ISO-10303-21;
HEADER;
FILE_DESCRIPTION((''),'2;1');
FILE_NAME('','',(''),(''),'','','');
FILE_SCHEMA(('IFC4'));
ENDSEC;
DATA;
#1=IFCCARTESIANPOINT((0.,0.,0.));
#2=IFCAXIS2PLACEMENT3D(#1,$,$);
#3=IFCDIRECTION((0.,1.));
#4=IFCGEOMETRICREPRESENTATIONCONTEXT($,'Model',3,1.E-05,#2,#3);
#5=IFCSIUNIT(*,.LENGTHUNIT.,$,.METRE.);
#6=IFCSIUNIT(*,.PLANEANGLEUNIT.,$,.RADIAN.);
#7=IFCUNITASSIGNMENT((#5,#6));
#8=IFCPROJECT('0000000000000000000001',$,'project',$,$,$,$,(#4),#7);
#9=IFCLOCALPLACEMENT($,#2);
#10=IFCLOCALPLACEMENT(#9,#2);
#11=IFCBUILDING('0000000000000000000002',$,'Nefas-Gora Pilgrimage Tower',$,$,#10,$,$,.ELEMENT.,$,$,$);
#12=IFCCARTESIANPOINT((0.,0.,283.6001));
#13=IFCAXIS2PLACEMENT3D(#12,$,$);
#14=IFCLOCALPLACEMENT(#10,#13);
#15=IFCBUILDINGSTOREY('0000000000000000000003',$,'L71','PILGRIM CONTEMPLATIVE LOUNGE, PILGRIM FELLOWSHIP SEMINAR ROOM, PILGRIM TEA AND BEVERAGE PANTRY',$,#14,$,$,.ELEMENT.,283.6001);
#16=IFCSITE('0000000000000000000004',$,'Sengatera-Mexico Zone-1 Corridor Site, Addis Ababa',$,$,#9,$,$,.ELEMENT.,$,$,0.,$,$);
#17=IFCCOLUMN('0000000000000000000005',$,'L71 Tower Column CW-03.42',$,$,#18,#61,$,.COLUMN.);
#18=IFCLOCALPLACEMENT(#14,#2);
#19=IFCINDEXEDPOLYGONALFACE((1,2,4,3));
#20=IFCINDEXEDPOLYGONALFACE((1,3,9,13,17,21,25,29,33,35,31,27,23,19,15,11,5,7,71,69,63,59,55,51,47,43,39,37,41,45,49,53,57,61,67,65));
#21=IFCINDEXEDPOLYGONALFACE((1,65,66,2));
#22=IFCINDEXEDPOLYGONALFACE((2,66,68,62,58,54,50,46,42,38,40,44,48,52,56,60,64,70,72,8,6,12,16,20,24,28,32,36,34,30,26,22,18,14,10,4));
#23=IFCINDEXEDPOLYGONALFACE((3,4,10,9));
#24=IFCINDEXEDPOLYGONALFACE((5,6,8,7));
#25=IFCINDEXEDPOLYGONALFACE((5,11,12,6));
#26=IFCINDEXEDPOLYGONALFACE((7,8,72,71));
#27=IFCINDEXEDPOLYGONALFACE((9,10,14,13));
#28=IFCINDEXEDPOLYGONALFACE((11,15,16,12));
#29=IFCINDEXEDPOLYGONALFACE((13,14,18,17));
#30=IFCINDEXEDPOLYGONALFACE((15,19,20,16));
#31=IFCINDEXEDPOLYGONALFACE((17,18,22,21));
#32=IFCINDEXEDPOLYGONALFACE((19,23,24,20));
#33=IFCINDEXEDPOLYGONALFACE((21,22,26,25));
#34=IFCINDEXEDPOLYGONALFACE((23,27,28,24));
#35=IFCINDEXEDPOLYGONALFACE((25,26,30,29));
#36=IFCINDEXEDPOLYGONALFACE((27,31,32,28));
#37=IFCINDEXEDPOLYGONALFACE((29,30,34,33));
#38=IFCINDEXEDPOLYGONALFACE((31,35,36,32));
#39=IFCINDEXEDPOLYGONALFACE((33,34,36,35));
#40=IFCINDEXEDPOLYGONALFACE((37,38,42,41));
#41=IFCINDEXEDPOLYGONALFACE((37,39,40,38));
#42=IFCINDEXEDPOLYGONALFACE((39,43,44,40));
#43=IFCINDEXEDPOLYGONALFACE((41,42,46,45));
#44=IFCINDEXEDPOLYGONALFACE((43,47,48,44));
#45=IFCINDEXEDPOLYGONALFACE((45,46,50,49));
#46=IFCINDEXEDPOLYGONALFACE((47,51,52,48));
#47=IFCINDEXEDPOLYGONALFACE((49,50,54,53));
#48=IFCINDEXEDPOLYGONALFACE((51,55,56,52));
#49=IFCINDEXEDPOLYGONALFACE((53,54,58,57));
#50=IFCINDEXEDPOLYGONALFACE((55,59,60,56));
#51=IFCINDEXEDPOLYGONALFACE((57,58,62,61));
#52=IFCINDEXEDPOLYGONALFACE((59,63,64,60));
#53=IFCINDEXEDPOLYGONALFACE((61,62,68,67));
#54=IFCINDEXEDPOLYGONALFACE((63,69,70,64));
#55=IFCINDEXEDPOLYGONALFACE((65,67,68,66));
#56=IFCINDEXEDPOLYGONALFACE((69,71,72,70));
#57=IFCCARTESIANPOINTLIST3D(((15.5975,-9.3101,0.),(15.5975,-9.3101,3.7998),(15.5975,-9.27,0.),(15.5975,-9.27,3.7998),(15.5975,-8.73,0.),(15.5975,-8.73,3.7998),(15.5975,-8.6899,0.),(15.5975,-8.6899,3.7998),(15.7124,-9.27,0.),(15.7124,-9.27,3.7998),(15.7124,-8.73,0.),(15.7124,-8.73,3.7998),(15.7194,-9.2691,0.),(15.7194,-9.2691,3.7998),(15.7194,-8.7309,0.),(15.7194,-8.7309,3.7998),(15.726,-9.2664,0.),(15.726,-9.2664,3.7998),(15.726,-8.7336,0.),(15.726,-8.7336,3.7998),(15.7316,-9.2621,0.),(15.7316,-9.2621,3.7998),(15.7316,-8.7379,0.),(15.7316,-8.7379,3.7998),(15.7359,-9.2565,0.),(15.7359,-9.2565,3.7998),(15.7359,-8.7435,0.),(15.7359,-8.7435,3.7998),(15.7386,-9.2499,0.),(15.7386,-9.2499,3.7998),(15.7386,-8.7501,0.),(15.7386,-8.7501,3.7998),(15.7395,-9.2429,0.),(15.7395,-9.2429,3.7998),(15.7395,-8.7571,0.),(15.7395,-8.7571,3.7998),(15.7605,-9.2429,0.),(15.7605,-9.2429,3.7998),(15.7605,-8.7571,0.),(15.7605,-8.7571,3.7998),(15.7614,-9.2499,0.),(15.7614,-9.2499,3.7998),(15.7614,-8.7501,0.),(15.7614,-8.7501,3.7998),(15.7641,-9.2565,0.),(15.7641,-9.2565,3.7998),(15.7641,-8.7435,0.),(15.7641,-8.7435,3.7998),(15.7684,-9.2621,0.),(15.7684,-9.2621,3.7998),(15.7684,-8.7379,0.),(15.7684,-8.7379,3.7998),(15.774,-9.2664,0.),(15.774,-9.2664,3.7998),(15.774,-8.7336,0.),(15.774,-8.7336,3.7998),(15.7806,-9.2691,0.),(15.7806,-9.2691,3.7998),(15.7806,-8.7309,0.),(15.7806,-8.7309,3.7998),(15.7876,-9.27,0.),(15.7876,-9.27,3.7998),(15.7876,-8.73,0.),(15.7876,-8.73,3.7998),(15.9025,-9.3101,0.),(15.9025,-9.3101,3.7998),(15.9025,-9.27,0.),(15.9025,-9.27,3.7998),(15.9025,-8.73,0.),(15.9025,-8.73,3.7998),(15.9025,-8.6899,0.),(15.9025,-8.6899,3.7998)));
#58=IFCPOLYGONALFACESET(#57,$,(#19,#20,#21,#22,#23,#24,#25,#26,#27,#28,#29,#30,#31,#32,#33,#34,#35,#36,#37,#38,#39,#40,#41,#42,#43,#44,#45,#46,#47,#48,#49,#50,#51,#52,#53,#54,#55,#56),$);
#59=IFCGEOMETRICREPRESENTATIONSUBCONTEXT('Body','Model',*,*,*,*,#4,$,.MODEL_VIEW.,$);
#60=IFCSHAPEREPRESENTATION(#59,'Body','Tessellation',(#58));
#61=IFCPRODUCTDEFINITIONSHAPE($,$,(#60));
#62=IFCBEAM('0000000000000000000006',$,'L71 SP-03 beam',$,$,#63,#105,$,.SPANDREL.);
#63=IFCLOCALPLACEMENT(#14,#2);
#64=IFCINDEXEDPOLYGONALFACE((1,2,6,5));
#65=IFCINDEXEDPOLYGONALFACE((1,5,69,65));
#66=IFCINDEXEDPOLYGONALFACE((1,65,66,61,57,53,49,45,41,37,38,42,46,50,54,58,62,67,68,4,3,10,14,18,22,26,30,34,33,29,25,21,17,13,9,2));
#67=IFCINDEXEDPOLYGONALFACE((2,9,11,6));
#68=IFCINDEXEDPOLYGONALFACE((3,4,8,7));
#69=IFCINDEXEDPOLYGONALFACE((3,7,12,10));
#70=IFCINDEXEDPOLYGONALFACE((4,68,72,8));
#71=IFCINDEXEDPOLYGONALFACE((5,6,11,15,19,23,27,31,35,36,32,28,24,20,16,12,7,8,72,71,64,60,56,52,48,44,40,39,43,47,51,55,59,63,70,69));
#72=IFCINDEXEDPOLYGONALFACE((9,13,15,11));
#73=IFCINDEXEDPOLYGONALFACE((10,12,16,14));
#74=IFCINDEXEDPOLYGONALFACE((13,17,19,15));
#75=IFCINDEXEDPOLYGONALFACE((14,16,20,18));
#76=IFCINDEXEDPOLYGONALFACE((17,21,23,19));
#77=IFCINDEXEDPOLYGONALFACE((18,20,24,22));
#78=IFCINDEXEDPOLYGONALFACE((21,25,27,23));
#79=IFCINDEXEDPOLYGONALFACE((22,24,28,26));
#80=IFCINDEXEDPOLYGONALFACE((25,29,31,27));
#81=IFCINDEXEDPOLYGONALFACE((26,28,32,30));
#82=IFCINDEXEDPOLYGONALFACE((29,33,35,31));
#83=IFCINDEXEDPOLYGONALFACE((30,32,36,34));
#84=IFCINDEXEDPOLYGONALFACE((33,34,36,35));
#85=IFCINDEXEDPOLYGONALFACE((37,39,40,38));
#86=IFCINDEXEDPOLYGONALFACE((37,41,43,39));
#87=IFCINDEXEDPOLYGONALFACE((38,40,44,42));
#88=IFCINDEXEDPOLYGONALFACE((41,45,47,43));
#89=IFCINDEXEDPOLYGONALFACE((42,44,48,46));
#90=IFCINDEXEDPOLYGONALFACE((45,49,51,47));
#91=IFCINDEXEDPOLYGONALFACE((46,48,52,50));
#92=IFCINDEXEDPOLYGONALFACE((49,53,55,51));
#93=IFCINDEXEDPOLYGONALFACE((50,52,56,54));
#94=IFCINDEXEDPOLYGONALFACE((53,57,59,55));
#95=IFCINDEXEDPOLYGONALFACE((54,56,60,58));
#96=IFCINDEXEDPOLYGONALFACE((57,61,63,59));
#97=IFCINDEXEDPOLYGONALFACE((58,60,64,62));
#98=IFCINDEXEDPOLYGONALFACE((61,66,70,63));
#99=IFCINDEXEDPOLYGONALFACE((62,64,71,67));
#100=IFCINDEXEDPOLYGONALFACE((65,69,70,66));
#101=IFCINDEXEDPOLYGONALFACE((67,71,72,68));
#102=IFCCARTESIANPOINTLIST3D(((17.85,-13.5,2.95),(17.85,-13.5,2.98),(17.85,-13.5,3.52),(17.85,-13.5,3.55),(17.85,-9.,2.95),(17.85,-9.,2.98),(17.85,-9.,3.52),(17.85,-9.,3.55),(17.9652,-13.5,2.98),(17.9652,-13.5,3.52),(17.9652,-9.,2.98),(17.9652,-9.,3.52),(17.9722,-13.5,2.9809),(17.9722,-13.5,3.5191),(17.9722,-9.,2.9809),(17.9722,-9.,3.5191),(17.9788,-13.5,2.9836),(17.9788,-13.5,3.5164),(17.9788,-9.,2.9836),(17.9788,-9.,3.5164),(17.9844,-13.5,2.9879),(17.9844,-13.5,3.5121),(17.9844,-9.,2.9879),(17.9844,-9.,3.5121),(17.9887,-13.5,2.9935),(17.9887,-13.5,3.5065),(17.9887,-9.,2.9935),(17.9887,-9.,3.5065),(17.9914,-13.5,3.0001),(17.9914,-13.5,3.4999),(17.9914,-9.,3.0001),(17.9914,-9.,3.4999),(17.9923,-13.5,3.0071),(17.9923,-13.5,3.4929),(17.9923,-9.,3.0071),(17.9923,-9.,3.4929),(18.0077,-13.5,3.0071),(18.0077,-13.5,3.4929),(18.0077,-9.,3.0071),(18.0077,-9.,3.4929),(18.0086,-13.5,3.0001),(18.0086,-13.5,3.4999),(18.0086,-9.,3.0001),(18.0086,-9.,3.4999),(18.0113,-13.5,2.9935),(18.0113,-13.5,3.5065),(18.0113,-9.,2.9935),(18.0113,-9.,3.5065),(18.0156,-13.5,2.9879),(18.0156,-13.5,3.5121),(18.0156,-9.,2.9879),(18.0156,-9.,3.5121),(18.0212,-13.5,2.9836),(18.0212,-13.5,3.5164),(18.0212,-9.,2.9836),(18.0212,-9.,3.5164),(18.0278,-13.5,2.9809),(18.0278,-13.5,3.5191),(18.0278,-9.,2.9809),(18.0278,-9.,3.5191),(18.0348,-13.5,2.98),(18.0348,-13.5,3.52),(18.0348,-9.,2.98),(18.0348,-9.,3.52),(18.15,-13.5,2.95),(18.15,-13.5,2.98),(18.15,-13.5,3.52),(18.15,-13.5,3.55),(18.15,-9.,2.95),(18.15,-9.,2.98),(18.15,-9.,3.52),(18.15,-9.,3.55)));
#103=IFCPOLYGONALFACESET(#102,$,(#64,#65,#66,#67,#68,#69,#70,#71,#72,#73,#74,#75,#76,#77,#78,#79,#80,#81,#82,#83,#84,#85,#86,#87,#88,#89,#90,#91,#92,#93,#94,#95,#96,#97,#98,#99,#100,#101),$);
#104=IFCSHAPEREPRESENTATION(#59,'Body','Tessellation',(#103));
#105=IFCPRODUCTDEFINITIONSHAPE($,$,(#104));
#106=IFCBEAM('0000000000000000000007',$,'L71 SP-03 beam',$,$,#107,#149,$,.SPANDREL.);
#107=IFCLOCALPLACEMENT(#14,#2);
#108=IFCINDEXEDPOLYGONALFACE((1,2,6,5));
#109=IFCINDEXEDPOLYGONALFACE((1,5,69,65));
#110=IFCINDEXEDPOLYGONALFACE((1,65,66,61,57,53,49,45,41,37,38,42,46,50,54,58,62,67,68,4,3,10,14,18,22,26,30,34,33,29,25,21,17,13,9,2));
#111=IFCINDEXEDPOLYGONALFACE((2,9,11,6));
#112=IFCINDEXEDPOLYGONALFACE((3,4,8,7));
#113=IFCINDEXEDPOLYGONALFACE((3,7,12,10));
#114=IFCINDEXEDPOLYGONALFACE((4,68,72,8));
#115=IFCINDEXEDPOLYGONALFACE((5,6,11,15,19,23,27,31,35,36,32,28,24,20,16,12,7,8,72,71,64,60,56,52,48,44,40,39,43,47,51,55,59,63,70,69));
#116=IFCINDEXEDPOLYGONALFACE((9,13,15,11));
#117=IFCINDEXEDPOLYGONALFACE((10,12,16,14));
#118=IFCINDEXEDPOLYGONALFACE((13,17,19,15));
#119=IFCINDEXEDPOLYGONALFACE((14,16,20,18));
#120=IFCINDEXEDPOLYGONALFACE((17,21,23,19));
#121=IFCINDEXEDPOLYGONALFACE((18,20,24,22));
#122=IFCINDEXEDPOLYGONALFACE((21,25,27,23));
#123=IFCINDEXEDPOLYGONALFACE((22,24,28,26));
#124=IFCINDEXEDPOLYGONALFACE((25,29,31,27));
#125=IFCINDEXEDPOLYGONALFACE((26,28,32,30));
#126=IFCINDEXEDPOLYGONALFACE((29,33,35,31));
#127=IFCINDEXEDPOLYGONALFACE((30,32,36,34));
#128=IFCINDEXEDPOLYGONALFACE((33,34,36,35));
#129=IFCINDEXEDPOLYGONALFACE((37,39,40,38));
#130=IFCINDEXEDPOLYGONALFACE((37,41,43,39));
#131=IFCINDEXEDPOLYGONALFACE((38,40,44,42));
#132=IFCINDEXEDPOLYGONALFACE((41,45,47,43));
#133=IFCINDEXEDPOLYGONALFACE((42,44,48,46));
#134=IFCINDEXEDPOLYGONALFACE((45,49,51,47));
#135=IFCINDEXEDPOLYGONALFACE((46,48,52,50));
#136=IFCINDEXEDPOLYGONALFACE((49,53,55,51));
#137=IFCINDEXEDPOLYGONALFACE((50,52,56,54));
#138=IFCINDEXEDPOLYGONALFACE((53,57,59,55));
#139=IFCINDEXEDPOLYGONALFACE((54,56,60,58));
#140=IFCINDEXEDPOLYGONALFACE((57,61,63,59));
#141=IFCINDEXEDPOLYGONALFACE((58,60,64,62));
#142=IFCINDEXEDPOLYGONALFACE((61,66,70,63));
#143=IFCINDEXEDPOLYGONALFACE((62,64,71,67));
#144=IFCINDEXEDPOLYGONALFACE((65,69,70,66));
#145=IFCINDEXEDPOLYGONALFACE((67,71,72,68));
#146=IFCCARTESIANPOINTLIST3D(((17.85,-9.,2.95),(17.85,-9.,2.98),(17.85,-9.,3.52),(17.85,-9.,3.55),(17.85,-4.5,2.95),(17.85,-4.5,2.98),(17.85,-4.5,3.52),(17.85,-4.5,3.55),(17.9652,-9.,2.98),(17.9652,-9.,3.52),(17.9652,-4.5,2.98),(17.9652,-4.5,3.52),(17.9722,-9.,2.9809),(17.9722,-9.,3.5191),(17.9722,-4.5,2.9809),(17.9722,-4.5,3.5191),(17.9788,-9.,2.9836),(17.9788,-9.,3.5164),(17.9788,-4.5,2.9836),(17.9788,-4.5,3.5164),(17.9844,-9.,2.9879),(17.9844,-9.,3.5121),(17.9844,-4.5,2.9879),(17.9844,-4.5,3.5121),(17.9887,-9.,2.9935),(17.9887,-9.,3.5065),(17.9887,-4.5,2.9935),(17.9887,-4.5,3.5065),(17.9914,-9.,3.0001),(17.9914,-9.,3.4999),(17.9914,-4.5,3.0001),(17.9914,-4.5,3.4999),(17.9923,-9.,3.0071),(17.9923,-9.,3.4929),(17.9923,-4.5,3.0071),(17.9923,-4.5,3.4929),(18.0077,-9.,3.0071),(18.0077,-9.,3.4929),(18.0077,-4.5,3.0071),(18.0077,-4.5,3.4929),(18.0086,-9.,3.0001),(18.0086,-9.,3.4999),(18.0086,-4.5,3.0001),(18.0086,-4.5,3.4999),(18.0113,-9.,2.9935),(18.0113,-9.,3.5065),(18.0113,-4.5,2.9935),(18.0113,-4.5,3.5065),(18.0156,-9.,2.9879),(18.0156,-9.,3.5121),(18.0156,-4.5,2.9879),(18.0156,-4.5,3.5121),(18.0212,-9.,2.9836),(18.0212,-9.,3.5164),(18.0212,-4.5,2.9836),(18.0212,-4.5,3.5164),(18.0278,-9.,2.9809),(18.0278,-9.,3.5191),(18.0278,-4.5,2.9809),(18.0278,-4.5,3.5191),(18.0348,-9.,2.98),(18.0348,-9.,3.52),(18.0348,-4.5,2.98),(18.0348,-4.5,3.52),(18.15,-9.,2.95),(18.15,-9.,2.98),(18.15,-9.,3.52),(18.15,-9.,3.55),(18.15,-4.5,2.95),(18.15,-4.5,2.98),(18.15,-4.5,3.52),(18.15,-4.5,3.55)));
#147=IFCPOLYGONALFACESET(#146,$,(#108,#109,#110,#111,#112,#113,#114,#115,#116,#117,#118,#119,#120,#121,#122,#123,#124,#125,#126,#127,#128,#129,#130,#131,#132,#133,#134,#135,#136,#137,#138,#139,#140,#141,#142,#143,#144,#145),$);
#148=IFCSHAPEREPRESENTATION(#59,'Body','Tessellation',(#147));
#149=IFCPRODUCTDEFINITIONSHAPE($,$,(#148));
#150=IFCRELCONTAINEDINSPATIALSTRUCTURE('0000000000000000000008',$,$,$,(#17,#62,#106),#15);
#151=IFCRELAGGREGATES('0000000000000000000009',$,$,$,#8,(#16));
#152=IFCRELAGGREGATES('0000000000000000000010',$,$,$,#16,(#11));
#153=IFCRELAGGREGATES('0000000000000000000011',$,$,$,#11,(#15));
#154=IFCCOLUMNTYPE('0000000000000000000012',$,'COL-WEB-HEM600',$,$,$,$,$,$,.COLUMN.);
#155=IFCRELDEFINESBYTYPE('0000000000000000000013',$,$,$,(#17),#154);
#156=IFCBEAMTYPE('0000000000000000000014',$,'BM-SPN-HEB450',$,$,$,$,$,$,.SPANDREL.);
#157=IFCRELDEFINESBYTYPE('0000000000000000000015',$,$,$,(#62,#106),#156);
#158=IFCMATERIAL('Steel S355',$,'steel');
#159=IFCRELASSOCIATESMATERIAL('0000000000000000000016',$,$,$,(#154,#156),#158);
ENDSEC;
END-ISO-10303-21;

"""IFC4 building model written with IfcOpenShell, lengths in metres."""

from ifc_helpers import new_model, si_unit, direction, frame, origin, origin_2d, place, context, subcontext, project, spatial, i_section, extrude, source, transform, mapped, material, material_profile, profile_set, type_object, element, save


model = new_model("IFC4")

# Units and contexts
model_context = context("Model", 3, precision=1e-05, world=origin(), true_north=direction((0.0, 1.0)))
body_context = subcontext(model_context, "Body", "Model", "MODEL_VIEW")
ifc_project = project(units=[si_unit("LENGTHUNIT", "METRE"), si_unit("PLANEANGLEUNIT", "RADIAN")], contexts=[model_context])

# Site, building, storey
site_placement = place(None, origin())
site = spatial("IfcSite", under=ifc_project, at=site_placement, Name="Sengatera-Mexico Zone-1 Corridor Site, Addis Ababa", CompositionType="ELEMENT", RefElevation=0.0)
building_placement = place(site_placement, origin())
building = spatial("IfcBuilding", under=site, at=building_placement, Name="Nefas-Gora Pilgrimage Tower", CompositionType="ELEMENT")
storey_placement = place(building_placement, frame((0.0, 0.0, 283.6001)))
storey = spatial("IfcBuildingStorey", under=building, at=storey_placement, Name="L71", Description="PILGRIM CONTEMPLATIVE LOUNGE, PILGRIM FELLOWSHIP SEMINAR ROOM, PILGRIM TEA AND BEVERAGE PANTRY", CompositionType="ELEMENT", Elevation=283.6001)

# Column
ifc_material_1 = material(Name="Steel S355", Category="steel")
ifc_material_profile_1 = material_profile(ifc_material_1, i_section(OverallWidth=0.3049, OverallDepth=0.6201, WebThickness=0.021, FlangeThickness=0.04, FilletRadius=0.0271, at=origin_2d()), Name="HEM 600")
ifc_profile_set_1 = profile_set([ifc_material_profile_1], Name="Steel S355")
column_type_1 = type_object("IfcColumnType", Name="COL-WEB-HEM600", PredefinedType="COLUMN", material=ifc_profile_set_1)
shared_shape_1 = source(origin(), body_context, "Body", "SweptSolid", [
    extrude(i_section(OverallWidth=0.3049, OverallDepth=0.6201, WebThickness=0.021, FlangeThickness=0.04, FilletRadius=0.0271, at=origin_2d()), origin(), (0.0, 0.0, 1.0), 3.7998),
])
for number, where, z_axis, x_axis, name in (
    (1, (15.75, -9.0, 0.0), (0.0, 0.0, 1.0), (1.0, 0.0, 0.0), "L71 Tower Column CW-03.42"),
):
    element("IfcColumn", number, at=place(storey_placement, frame(where, z_axis=z_axis, x_axis=x_axis)), inside=storey, type_object=column_type_1, Name=name, PredefinedType="COLUMN", context=body_context, shape_type="MappedRepresentation", body=[
        mapped(shared_shape_1, transform((0.0, 0.0, 0.0), x_axis=(1.0, 0.0, 0.0), y_axis=(0.0, 1.0, 0.0), z_axis=(0.0, 0.0, 1.0), scale=1.0)),
    ])

# Beams
ifc_material_profile_2 = material_profile(ifc_material_1, i_section(OverallWidth=0.3, OverallDepth=0.6001, WebThickness=0.0154, FlangeThickness=0.03, FilletRadius=0.0271, at=origin_2d()), Name="HEB 600")
ifc_profile_set_2 = profile_set([ifc_material_profile_2], Name="Steel S355")
beam_type_1 = type_object("IfcBeamType", Name="BM-SPN-HEB450", PredefinedType="SPANDREL", material=ifc_profile_set_2)
shared_shape_2 = source(origin(), body_context, "Body", "SweptSolid", [
    extrude(i_section(OverallWidth=0.3, OverallDepth=0.6001, WebThickness=0.0154, FlangeThickness=0.03, FilletRadius=0.0271, at=origin_2d()), origin(), (0.0, 0.0, 1.0), 4.5),
])
for number, where, z_axis, x_axis, name in (
    (2, (18.0, -13.5, 3.25), (0.0, 1.0, 0.0), (-1.0, 0.0, 0.0), "L71 SP-03 beam"),
    (3, (18.0, -9.0, 3.25), (0.0, 1.0, 0.0), (-1.0, 0.0, 0.0), "L71 SP-03 beam"),
):
    element("IfcBeam", number, at=place(storey_placement, frame(where, z_axis=z_axis, x_axis=x_axis)), inside=storey, type_object=beam_type_1, Name=name, PredefinedType="SPANDREL", context=body_context, shape_type="MappedRepresentation", body=[
        mapped(shared_shape_2, transform((0.0, 0.0, 0.0), x_axis=(1.0, 0.0, 0.0), y_axis=(0.0, 1.0, 0.0), z_axis=(0.0, 0.0, 1.0), scale=1.0)),
    ])

save(model, "model.ifc")
